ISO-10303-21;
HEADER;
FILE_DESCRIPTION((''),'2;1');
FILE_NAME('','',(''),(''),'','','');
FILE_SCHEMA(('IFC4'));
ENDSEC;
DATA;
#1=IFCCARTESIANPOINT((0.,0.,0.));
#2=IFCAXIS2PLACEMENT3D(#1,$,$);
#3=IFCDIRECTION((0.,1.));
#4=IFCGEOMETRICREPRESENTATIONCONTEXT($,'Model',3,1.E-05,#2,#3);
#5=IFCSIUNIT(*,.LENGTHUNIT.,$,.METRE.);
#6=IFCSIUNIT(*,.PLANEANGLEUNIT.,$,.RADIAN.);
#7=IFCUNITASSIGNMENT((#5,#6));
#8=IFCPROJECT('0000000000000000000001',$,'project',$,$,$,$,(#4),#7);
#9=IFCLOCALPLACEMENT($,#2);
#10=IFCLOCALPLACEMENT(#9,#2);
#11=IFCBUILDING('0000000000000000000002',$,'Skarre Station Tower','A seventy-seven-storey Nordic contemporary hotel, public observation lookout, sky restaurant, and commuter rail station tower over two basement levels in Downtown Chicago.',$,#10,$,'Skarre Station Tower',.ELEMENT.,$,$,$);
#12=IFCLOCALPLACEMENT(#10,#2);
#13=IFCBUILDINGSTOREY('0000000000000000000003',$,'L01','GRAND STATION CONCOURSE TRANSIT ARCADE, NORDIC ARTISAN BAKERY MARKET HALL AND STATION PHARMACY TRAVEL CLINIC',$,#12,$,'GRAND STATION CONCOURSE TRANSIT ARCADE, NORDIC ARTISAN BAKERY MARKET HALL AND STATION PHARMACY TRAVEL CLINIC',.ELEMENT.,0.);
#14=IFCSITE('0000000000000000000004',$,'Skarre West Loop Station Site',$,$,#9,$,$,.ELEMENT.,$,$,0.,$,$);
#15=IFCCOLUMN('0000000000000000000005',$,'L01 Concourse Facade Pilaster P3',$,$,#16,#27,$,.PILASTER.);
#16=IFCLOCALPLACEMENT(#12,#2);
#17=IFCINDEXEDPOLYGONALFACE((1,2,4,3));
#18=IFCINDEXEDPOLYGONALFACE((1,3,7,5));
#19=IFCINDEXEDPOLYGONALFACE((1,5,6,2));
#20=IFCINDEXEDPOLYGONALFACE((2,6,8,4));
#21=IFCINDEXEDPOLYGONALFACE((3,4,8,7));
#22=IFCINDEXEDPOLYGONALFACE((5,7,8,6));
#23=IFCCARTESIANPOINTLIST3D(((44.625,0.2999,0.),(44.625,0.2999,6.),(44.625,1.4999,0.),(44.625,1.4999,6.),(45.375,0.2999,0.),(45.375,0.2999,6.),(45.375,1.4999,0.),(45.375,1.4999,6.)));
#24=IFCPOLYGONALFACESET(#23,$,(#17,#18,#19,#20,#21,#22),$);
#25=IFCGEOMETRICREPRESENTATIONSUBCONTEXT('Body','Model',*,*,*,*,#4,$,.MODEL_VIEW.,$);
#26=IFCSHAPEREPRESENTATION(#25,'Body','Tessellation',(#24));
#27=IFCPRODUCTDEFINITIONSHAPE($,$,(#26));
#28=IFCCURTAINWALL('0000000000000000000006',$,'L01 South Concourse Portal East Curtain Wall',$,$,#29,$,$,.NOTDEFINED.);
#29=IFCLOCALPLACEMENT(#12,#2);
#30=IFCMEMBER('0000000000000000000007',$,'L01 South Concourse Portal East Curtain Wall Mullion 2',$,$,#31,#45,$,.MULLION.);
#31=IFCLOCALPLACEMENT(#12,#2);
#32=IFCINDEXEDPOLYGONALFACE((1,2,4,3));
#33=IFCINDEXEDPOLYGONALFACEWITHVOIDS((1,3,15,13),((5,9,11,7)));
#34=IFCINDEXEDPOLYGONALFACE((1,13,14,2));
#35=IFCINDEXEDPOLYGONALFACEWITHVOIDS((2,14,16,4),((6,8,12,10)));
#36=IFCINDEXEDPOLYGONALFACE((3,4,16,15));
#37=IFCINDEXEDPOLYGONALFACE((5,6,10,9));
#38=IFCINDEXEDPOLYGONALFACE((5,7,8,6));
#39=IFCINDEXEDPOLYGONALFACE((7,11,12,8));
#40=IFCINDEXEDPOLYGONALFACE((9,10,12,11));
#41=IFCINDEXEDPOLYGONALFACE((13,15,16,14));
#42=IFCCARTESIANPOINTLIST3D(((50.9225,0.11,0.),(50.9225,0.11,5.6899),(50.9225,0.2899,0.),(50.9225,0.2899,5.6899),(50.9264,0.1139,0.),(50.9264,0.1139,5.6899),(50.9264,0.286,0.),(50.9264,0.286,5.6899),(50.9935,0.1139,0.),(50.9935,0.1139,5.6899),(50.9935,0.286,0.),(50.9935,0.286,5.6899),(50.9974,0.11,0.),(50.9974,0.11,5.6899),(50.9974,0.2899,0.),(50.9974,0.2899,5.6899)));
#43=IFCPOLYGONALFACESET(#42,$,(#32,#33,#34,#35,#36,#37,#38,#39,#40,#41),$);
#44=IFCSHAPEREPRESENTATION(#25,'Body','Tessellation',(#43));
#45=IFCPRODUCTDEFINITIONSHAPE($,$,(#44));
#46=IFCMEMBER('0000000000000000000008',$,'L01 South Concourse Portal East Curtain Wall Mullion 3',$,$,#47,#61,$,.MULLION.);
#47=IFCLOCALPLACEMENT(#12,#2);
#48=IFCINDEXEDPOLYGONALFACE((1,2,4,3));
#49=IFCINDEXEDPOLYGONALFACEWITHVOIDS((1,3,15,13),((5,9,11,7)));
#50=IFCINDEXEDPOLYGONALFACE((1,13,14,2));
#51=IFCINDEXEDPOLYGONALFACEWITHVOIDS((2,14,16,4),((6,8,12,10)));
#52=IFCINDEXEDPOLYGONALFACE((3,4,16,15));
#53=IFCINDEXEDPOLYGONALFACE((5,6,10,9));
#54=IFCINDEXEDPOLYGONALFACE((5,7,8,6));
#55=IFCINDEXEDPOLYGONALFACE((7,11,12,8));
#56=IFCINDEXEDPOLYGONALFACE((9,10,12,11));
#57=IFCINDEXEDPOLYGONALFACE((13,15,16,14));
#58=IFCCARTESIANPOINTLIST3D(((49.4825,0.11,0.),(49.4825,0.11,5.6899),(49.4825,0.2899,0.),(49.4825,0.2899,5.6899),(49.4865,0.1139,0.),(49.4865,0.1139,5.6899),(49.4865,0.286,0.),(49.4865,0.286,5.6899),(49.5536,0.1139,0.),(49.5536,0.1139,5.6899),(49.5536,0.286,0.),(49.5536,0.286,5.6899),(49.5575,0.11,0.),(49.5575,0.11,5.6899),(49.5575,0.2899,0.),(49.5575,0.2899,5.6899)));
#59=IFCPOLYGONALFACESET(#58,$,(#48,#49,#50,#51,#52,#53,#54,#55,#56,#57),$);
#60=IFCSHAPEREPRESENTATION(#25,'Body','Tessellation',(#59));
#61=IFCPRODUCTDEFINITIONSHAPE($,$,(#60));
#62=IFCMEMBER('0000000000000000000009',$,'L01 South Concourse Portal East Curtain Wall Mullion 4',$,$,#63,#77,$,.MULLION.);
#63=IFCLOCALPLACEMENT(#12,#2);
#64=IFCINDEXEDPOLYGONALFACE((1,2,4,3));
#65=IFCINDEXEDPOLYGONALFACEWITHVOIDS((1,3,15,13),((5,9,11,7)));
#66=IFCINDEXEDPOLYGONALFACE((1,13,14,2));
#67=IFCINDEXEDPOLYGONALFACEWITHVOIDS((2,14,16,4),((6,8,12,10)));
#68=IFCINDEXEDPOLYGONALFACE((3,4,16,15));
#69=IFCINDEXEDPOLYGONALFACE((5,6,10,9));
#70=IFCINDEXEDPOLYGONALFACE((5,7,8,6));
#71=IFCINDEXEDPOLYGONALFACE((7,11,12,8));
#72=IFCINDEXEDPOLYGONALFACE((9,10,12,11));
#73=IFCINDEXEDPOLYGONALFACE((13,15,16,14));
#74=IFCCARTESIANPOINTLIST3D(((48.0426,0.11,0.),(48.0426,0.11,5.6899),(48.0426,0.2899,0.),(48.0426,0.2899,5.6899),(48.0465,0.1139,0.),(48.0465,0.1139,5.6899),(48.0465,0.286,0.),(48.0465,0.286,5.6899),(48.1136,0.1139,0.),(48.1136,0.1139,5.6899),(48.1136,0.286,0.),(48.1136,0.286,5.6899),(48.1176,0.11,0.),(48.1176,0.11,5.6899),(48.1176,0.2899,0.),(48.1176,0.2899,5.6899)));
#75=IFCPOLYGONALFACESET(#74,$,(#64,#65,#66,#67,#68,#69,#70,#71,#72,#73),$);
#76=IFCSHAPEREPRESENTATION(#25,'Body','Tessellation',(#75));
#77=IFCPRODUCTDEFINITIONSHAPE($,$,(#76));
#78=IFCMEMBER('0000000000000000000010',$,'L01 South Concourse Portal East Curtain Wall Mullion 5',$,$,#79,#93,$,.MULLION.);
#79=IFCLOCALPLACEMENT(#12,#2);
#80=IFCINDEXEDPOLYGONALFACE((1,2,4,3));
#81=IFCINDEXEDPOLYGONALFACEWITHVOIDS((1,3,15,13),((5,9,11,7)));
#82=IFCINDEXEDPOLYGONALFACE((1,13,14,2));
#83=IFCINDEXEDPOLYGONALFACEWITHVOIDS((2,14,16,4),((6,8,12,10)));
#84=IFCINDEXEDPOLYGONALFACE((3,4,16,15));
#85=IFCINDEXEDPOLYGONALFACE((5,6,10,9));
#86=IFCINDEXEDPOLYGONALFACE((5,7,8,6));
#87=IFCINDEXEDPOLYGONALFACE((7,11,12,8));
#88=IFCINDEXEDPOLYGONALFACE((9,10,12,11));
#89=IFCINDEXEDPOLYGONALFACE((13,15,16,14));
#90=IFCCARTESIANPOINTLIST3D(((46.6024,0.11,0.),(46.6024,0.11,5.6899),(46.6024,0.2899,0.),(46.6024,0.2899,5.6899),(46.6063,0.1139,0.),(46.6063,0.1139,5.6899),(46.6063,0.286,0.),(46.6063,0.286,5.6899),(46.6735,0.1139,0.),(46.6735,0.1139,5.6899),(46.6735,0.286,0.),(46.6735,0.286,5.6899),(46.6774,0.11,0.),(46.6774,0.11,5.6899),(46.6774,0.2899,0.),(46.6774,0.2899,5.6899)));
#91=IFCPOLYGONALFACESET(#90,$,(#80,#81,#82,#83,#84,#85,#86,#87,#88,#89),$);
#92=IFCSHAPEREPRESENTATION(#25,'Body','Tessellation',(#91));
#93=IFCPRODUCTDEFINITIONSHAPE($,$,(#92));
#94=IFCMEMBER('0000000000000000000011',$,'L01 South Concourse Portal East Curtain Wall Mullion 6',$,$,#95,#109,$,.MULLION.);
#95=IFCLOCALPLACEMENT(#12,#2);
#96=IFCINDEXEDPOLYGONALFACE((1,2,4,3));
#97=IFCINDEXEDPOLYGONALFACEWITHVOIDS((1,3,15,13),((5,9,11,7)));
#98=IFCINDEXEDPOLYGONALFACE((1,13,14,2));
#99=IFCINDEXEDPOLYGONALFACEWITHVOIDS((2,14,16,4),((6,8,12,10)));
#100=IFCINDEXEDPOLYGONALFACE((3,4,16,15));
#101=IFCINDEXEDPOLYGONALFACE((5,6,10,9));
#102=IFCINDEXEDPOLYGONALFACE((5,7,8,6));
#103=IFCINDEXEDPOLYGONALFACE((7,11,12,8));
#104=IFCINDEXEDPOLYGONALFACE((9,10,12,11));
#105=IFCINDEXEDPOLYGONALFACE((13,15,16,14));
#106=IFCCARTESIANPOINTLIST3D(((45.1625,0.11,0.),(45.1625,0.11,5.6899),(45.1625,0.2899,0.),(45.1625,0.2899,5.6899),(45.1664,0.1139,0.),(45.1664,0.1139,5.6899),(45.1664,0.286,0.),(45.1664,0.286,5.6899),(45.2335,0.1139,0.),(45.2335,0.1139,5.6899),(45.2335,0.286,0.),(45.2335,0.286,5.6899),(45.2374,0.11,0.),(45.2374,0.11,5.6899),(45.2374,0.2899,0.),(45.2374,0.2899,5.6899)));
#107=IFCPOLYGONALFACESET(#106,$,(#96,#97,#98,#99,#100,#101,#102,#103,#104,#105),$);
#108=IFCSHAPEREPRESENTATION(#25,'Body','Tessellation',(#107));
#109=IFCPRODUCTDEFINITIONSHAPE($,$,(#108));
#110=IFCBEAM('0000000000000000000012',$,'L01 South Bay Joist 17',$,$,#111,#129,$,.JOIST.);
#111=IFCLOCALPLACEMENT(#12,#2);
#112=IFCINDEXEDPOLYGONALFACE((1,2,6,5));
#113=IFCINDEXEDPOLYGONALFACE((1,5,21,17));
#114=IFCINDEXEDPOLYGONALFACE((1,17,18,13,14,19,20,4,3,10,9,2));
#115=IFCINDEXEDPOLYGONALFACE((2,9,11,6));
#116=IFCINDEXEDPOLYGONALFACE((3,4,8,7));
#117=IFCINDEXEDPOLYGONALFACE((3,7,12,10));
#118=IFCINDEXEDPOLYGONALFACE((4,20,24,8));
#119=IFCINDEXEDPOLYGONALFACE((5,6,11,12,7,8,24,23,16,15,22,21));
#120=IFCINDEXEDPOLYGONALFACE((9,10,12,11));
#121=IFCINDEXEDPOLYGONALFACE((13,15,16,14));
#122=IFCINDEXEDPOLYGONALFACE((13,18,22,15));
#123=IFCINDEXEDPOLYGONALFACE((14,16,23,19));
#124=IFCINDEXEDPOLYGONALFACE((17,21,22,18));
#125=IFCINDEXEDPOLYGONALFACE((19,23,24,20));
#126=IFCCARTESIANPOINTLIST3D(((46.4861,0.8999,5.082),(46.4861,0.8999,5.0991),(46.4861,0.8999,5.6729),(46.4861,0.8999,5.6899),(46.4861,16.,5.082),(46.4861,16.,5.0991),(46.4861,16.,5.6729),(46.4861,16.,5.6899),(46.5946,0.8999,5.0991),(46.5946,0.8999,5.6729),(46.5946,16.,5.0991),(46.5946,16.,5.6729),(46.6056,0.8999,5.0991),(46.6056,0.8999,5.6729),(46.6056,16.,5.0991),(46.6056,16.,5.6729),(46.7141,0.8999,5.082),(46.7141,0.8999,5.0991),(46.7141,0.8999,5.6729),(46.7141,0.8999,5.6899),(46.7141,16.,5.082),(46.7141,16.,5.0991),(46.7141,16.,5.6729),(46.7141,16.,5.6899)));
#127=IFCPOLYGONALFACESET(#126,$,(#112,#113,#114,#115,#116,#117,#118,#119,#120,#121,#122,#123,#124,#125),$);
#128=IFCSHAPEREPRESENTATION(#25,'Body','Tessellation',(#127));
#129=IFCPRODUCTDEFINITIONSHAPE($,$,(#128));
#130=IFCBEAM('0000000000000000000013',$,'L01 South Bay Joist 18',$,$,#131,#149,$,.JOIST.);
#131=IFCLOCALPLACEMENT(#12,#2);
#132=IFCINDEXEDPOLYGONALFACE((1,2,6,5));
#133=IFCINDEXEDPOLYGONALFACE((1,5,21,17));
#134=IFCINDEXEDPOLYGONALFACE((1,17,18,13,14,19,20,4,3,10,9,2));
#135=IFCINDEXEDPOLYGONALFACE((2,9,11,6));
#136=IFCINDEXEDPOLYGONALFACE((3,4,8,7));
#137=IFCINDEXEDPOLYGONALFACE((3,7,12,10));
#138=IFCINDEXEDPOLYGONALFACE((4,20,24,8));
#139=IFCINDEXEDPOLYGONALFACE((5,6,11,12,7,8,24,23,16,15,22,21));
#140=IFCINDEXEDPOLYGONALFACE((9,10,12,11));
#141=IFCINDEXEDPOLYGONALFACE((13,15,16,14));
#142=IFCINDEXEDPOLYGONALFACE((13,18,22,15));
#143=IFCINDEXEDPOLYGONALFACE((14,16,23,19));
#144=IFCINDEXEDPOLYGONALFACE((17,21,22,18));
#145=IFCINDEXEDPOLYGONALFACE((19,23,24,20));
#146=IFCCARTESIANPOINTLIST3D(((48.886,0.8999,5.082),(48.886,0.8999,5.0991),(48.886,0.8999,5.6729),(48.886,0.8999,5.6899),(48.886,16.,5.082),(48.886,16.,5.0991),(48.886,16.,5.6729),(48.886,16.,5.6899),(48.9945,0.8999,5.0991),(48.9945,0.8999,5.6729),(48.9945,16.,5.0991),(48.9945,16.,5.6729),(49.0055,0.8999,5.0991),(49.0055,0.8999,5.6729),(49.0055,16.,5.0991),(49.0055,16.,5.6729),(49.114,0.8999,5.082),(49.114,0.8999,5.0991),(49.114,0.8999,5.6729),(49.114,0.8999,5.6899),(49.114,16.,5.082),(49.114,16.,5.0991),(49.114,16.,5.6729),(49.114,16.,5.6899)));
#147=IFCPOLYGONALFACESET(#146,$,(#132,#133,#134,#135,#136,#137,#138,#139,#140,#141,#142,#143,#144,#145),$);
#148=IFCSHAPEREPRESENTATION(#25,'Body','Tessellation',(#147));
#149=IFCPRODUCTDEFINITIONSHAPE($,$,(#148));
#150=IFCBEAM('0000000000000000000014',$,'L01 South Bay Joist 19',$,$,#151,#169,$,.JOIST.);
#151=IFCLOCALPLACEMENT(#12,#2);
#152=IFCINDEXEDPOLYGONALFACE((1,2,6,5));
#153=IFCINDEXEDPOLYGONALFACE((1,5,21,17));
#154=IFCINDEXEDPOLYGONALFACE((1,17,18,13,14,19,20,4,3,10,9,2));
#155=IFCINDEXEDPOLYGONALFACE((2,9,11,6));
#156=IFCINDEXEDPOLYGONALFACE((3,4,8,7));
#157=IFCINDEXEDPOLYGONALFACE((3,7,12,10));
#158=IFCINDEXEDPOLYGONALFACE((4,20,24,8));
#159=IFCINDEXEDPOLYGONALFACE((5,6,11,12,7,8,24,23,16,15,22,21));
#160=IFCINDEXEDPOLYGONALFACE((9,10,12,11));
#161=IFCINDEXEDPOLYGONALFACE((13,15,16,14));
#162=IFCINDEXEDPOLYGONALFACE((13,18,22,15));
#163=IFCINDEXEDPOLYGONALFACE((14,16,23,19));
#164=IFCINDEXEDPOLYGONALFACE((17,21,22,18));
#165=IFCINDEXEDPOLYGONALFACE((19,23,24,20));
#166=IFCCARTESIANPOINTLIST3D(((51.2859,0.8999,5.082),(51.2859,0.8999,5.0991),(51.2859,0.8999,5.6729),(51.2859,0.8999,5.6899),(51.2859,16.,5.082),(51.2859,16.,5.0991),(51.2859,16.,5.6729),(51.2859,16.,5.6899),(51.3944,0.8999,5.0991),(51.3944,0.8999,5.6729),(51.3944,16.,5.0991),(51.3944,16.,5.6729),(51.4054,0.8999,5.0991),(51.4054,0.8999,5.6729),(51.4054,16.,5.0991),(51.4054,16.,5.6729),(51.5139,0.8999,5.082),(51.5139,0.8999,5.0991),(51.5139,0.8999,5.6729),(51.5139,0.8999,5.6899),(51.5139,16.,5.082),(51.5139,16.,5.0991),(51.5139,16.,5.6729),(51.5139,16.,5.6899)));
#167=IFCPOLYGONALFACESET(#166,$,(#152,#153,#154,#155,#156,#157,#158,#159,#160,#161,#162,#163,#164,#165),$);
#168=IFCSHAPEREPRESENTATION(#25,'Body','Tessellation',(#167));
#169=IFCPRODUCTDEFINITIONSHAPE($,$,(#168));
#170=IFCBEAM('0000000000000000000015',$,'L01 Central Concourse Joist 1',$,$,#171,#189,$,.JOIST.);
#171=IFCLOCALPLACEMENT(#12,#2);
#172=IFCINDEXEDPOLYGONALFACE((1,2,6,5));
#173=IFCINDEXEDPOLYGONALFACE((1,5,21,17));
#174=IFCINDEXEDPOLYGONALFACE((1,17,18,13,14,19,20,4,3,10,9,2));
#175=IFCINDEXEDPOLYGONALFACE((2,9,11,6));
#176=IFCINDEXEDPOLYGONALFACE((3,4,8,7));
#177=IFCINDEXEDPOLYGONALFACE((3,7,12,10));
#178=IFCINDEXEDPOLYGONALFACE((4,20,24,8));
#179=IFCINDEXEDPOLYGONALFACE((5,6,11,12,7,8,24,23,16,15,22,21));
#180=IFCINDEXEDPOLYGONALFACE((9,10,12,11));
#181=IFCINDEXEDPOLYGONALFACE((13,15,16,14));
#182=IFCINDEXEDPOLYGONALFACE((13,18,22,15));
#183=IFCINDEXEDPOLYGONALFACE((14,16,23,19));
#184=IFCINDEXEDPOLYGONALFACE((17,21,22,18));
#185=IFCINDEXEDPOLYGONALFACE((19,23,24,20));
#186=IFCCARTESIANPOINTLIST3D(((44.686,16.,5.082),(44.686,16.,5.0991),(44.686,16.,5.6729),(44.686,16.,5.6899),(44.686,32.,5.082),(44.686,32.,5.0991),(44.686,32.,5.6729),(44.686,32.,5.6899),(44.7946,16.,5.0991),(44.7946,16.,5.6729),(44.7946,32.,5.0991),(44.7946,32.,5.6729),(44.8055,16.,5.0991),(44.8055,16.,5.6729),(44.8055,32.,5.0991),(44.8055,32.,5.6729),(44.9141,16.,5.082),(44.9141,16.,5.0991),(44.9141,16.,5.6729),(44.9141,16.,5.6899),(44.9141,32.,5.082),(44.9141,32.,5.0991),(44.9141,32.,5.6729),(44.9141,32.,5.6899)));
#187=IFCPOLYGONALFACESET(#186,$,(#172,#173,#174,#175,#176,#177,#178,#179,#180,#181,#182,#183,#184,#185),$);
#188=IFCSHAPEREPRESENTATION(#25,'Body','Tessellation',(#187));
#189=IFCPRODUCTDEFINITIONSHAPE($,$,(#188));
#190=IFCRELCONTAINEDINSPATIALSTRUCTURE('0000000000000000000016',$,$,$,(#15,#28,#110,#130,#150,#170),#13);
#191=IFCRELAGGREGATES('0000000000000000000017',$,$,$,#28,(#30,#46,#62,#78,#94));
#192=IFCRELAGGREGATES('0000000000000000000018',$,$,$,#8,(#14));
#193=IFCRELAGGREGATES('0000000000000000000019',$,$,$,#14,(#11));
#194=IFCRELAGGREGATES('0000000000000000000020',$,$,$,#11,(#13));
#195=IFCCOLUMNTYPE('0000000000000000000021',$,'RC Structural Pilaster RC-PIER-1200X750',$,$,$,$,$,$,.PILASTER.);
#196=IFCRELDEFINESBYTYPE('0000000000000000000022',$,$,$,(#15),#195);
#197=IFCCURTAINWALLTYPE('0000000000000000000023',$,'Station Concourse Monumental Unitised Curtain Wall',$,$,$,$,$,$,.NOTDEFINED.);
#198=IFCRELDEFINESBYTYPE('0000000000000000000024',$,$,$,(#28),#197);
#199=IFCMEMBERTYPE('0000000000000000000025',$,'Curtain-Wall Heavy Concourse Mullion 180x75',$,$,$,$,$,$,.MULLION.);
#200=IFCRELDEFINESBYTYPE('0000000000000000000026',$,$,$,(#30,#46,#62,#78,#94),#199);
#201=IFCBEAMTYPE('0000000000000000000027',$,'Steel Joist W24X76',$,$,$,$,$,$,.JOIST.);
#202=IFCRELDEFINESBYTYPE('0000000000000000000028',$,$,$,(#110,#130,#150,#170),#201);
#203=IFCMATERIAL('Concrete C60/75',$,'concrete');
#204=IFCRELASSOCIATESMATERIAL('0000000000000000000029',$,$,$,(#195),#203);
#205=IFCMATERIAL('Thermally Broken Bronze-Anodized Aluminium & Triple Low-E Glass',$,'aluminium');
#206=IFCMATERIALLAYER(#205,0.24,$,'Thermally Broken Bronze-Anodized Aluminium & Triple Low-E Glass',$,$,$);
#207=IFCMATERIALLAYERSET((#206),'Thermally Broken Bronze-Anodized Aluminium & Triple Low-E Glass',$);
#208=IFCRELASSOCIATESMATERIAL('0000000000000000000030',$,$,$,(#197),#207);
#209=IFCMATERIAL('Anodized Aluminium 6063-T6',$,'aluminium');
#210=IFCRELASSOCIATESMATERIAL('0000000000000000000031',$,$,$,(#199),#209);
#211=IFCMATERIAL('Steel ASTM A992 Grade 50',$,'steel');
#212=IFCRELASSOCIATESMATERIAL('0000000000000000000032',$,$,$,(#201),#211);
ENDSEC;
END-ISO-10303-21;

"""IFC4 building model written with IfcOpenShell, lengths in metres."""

from ifc_helpers import new_model, si_unit, direction, frame, origin, origin_2d, place, context, subcontext, project, spatial, rectangle, hollow_rectangle, i_section, extrude, material, layer, layer_set, material_profile, profile_set, type_object, element, aggregate, save


model = new_model("IFC4")

# Units and contexts
model_context = context("Model", 3, precision=1e-05, world=origin(), true_north=direction((0.0, 1.0)))
body_context = subcontext(model_context, "Body", "Model", "MODEL_VIEW")
ifc_project = project(units=[si_unit("LENGTHUNIT", "METRE"), si_unit("PLANEANGLEUNIT", "RADIAN")], contexts=[model_context])

# Site, building, storey
site_placement = place(None, origin())
site = spatial("IfcSite", under=ifc_project, at=site_placement, Name="Skarre West Loop Station Site", CompositionType="ELEMENT", RefElevation=0.0)
building_placement = place(site_placement, origin())
building = spatial("IfcBuilding", under=site, at=building_placement, Name="Skarre Station Tower", Description="A seventy-seven-storey Nordic contemporary hotel, public observation lookout, sky restaurant, and commuter rail station tower over two basement levels in Downtown Chicago.", LongName="Skarre Station Tower", CompositionType="ELEMENT")
storey_placement = place(building_placement, origin())
storey = spatial("IfcBuildingStorey", under=building, at=storey_placement, Name="L01", Description="GRAND STATION CONCOURSE TRANSIT ARCADE, NORDIC ARTISAN BAKERY MARKET HALL AND STATION PHARMACY TRAVEL CLINIC", LongName="GRAND STATION CONCOURSE TRANSIT ARCADE, NORDIC ARTISAN BAKERY MARKET HALL AND STATION PHARMACY TRAVEL CLINIC", CompositionType="ELEMENT", Elevation=0.0)

# Column
ifc_material_1 = material(Name="Concrete C60/75", Category="concrete")
ifc_material_profile_1 = material_profile(ifc_material_1, rectangle(XDim=0.75, YDim=1.2, at=origin_2d()), Name="Concrete C60/75")
ifc_profile_set_1 = profile_set([ifc_material_profile_1], Name="Concrete C60/75")
column_type = type_object("IfcColumnType", Name="RC Structural Pilaster RC-PIER-1200X750", PredefinedType="PILASTER", material=ifc_profile_set_1)
column_placement = place(storey_placement, frame((45.0, 0.8999, 0.0), z_axis=(0.0, 0.0, 1.0), x_axis=(1.0, 0.0, 0.0)))
element("IfcColumn", 1, at=column_placement, inside=storey, type_object=column_type, Name="L01 Concourse Facade Pilaster P3", PredefinedType="PILASTER", context=body_context, shape_type="SweptSolid", body=[
    extrude(rectangle(XDim=0.75, YDim=1.2, at=origin_2d()), origin(), (0.0, 0.0, 1.0), 6.0),
])

# Curtain wall, members
ifc_material_2 = material(Name="Thermally Broken Bronze-Anodized Aluminium & Triple Low-E Glass", Category="aluminium")
ifc_layer_1 = layer(ifc_material_2, 0.24, Name="Thermally Broken Bronze-Anodized Aluminium & Triple Low-E Glass")
ifc_layer_set_1 = layer_set([ifc_layer_1], Name="Thermally Broken Bronze-Anodized Aluminium & Triple Low-E Glass")
curtain_wall_type = type_object("IfcCurtainWallType", Name="Station Concourse Monumental Unitised Curtain Wall", PredefinedType="NOTDEFINED", material=ifc_layer_set_1)
curtain_wall_placement = place(storey_placement, origin())
curtain_wall = element("IfcCurtainWall", 2, at=curtain_wall_placement, inside=storey, type_object=curtain_wall_type, Name="L01 South Concourse Portal East Curtain Wall", PredefinedType="NOTDEFINED")
ifc_material_3 = material(Name="Anodized Aluminium 6063-T6", Category="aluminium")
ifc_material_profile_2 = material_profile(ifc_material_3, hollow_rectangle(XDim=0.075, YDim=0.1799, WallThickness=0.0039, at=origin_2d()), Name="Anodized Aluminium 6063-T6")
ifc_profile_set_2 = profile_set([ifc_material_profile_2], Name="Anodized Aluminium 6063-T6")
member_type = type_object("IfcMemberType", Name="Curtain-Wall Heavy Concourse Mullion 180x75", PredefinedType="MULLION", material=ifc_profile_set_2)
member_1_placement = place(storey_placement, frame((50.96, 0.2, 0.0), z_axis=(0.0, 0.0, 1.0), x_axis=(-1.0, 0.0, 0.0)))
member_1 = element("IfcMember", 3, at=member_1_placement, type_object=member_type, Name="L01 South Concourse Portal East Curtain Wall Mullion 2", PredefinedType="MULLION", context=body_context, shape_type="SweptSolid", body=[
    extrude(hollow_rectangle(XDim=0.075, YDim=0.1799, WallThickness=0.0039, at=origin_2d()), origin(), (0.0, 0.0, 1.0), 5.6899),
])
member_2_placement = place(storey_placement, frame((49.52, 0.2, 0.0), z_axis=(0.0, 0.0, 1.0), x_axis=(-1.0, 0.0, 0.0)))
member_2 = element("IfcMember", 4, at=member_2_placement, type_object=member_type, Name="L01 South Concourse Portal East Curtain Wall Mullion 3", PredefinedType="MULLION", context=body_context, shape_type="SweptSolid", body=[
    extrude(hollow_rectangle(XDim=0.075, YDim=0.1799, WallThickness=0.0039, at=origin_2d()), origin(), (0.0, 0.0, 1.0), 5.6899),
])
member_3_placement = place(storey_placement, frame((48.0801, 0.2, 0.0), z_axis=(0.0, 0.0, 1.0), x_axis=(-1.0, 0.0, 0.0)))
member_3 = element("IfcMember", 5, at=member_3_placement, type_object=member_type, Name="L01 South Concourse Portal East Curtain Wall Mullion 4", PredefinedType="MULLION", context=body_context, shape_type="SweptSolid", body=[
    extrude(hollow_rectangle(XDim=0.075, YDim=0.1799, WallThickness=0.0039, at=origin_2d()), origin(), (0.0, 0.0, 1.0), 5.6899),
])
member_4_placement = place(storey_placement, frame((46.6399, 0.2, 0.0), z_axis=(0.0, 0.0, 1.0), x_axis=(-1.0, 0.0, 0.0)))
member_4 = element("IfcMember", 6, at=member_4_placement, type_object=member_type, Name="L01 South Concourse Portal East Curtain Wall Mullion 5", PredefinedType="MULLION", context=body_context, shape_type="SweptSolid", body=[
    extrude(hollow_rectangle(XDim=0.075, YDim=0.1799, WallThickness=0.0039, at=origin_2d()), origin(), (0.0, 0.0, 1.0), 5.6899),
])
member_5_placement = place(storey_placement, frame((45.2, 0.2, 0.0), z_axis=(0.0, 0.0, 1.0), x_axis=(-1.0, 0.0, 0.0)))
member_5 = element("IfcMember", 7, at=member_5_placement, type_object=member_type, Name="L01 South Concourse Portal East Curtain Wall Mullion 6", PredefinedType="MULLION", context=body_context, shape_type="SweptSolid", body=[
    extrude(hollow_rectangle(XDim=0.075, YDim=0.1799, WallThickness=0.0039, at=origin_2d()), origin(), (0.0, 0.0, 1.0), 5.6899),
])

# Beams
ifc_material_4 = material(Name="Steel ASTM A992 Grade 50", Category="steel")
ifc_material_profile_3 = material_profile(ifc_material_4, i_section(OverallWidth=0.228, OverallDepth=0.6079, WebThickness=0.011, FlangeThickness=0.0171, at=origin_2d()), Name="Steel ASTM A992 Grade 50")
ifc_profile_set_3 = profile_set([ifc_material_profile_3], Name="Steel ASTM A992 Grade 50")
beam_type_1 = type_object("IfcBeamType", Name="Steel Joist W24X76", PredefinedType="JOIST", material=ifc_profile_set_3)
for number, where, z_axis, x_axis, name in (
    (8, (46.6001, 0.8999, 5.386), (0.0, 1.0, 0.0), (-1.0, 0.0, 0.0), "L01 South Bay Joist 17"),
    (9, (49.0, 0.8999, 5.386), (0.0, 1.0, 0.0), (-1.0, 0.0, 0.0), "L01 South Bay Joist 18"),
    (10, (51.3999, 0.8999, 5.386), (0.0, 1.0, 0.0), (-1.0, 0.0, 0.0), "L01 South Bay Joist 19"),
):
    element("IfcBeam", number, at=place(storey_placement, frame(where, z_axis=z_axis, x_axis=x_axis)), inside=storey, type_object=beam_type_1, Name=name, PredefinedType="JOIST", context=body_context, shape_type="SweptSolid", body=[
        extrude(i_section(OverallWidth=0.228, OverallDepth=0.6079, WebThickness=0.011, FlangeThickness=0.0171, at=origin_2d()), origin(), (0.0, 0.0, 1.0), 15.1001),
    ])
for number, where, z_axis, x_axis, name in (
    (11, (44.8, 16.0, 5.386), (0.0, 1.0, 0.0), (-1.0, 0.0, 0.0), "L01 Central Concourse Joist 1"),
):
    element("IfcBeam", number, at=place(storey_placement, frame(where, z_axis=z_axis, x_axis=x_axis)), inside=storey, type_object=beam_type_1, Name=name, PredefinedType="JOIST", context=body_context, shape_type="SweptSolid", body=[
        extrude(i_section(OverallWidth=0.228, OverallDepth=0.6079, WebThickness=0.011, FlangeThickness=0.0171, at=origin_2d()), origin(), (0.0, 0.0, 1.0), 16.0),
    ])

aggregate(curtain_wall, [member_1, member_2, member_3, member_4, member_5])

save(model, "model.ifc")
